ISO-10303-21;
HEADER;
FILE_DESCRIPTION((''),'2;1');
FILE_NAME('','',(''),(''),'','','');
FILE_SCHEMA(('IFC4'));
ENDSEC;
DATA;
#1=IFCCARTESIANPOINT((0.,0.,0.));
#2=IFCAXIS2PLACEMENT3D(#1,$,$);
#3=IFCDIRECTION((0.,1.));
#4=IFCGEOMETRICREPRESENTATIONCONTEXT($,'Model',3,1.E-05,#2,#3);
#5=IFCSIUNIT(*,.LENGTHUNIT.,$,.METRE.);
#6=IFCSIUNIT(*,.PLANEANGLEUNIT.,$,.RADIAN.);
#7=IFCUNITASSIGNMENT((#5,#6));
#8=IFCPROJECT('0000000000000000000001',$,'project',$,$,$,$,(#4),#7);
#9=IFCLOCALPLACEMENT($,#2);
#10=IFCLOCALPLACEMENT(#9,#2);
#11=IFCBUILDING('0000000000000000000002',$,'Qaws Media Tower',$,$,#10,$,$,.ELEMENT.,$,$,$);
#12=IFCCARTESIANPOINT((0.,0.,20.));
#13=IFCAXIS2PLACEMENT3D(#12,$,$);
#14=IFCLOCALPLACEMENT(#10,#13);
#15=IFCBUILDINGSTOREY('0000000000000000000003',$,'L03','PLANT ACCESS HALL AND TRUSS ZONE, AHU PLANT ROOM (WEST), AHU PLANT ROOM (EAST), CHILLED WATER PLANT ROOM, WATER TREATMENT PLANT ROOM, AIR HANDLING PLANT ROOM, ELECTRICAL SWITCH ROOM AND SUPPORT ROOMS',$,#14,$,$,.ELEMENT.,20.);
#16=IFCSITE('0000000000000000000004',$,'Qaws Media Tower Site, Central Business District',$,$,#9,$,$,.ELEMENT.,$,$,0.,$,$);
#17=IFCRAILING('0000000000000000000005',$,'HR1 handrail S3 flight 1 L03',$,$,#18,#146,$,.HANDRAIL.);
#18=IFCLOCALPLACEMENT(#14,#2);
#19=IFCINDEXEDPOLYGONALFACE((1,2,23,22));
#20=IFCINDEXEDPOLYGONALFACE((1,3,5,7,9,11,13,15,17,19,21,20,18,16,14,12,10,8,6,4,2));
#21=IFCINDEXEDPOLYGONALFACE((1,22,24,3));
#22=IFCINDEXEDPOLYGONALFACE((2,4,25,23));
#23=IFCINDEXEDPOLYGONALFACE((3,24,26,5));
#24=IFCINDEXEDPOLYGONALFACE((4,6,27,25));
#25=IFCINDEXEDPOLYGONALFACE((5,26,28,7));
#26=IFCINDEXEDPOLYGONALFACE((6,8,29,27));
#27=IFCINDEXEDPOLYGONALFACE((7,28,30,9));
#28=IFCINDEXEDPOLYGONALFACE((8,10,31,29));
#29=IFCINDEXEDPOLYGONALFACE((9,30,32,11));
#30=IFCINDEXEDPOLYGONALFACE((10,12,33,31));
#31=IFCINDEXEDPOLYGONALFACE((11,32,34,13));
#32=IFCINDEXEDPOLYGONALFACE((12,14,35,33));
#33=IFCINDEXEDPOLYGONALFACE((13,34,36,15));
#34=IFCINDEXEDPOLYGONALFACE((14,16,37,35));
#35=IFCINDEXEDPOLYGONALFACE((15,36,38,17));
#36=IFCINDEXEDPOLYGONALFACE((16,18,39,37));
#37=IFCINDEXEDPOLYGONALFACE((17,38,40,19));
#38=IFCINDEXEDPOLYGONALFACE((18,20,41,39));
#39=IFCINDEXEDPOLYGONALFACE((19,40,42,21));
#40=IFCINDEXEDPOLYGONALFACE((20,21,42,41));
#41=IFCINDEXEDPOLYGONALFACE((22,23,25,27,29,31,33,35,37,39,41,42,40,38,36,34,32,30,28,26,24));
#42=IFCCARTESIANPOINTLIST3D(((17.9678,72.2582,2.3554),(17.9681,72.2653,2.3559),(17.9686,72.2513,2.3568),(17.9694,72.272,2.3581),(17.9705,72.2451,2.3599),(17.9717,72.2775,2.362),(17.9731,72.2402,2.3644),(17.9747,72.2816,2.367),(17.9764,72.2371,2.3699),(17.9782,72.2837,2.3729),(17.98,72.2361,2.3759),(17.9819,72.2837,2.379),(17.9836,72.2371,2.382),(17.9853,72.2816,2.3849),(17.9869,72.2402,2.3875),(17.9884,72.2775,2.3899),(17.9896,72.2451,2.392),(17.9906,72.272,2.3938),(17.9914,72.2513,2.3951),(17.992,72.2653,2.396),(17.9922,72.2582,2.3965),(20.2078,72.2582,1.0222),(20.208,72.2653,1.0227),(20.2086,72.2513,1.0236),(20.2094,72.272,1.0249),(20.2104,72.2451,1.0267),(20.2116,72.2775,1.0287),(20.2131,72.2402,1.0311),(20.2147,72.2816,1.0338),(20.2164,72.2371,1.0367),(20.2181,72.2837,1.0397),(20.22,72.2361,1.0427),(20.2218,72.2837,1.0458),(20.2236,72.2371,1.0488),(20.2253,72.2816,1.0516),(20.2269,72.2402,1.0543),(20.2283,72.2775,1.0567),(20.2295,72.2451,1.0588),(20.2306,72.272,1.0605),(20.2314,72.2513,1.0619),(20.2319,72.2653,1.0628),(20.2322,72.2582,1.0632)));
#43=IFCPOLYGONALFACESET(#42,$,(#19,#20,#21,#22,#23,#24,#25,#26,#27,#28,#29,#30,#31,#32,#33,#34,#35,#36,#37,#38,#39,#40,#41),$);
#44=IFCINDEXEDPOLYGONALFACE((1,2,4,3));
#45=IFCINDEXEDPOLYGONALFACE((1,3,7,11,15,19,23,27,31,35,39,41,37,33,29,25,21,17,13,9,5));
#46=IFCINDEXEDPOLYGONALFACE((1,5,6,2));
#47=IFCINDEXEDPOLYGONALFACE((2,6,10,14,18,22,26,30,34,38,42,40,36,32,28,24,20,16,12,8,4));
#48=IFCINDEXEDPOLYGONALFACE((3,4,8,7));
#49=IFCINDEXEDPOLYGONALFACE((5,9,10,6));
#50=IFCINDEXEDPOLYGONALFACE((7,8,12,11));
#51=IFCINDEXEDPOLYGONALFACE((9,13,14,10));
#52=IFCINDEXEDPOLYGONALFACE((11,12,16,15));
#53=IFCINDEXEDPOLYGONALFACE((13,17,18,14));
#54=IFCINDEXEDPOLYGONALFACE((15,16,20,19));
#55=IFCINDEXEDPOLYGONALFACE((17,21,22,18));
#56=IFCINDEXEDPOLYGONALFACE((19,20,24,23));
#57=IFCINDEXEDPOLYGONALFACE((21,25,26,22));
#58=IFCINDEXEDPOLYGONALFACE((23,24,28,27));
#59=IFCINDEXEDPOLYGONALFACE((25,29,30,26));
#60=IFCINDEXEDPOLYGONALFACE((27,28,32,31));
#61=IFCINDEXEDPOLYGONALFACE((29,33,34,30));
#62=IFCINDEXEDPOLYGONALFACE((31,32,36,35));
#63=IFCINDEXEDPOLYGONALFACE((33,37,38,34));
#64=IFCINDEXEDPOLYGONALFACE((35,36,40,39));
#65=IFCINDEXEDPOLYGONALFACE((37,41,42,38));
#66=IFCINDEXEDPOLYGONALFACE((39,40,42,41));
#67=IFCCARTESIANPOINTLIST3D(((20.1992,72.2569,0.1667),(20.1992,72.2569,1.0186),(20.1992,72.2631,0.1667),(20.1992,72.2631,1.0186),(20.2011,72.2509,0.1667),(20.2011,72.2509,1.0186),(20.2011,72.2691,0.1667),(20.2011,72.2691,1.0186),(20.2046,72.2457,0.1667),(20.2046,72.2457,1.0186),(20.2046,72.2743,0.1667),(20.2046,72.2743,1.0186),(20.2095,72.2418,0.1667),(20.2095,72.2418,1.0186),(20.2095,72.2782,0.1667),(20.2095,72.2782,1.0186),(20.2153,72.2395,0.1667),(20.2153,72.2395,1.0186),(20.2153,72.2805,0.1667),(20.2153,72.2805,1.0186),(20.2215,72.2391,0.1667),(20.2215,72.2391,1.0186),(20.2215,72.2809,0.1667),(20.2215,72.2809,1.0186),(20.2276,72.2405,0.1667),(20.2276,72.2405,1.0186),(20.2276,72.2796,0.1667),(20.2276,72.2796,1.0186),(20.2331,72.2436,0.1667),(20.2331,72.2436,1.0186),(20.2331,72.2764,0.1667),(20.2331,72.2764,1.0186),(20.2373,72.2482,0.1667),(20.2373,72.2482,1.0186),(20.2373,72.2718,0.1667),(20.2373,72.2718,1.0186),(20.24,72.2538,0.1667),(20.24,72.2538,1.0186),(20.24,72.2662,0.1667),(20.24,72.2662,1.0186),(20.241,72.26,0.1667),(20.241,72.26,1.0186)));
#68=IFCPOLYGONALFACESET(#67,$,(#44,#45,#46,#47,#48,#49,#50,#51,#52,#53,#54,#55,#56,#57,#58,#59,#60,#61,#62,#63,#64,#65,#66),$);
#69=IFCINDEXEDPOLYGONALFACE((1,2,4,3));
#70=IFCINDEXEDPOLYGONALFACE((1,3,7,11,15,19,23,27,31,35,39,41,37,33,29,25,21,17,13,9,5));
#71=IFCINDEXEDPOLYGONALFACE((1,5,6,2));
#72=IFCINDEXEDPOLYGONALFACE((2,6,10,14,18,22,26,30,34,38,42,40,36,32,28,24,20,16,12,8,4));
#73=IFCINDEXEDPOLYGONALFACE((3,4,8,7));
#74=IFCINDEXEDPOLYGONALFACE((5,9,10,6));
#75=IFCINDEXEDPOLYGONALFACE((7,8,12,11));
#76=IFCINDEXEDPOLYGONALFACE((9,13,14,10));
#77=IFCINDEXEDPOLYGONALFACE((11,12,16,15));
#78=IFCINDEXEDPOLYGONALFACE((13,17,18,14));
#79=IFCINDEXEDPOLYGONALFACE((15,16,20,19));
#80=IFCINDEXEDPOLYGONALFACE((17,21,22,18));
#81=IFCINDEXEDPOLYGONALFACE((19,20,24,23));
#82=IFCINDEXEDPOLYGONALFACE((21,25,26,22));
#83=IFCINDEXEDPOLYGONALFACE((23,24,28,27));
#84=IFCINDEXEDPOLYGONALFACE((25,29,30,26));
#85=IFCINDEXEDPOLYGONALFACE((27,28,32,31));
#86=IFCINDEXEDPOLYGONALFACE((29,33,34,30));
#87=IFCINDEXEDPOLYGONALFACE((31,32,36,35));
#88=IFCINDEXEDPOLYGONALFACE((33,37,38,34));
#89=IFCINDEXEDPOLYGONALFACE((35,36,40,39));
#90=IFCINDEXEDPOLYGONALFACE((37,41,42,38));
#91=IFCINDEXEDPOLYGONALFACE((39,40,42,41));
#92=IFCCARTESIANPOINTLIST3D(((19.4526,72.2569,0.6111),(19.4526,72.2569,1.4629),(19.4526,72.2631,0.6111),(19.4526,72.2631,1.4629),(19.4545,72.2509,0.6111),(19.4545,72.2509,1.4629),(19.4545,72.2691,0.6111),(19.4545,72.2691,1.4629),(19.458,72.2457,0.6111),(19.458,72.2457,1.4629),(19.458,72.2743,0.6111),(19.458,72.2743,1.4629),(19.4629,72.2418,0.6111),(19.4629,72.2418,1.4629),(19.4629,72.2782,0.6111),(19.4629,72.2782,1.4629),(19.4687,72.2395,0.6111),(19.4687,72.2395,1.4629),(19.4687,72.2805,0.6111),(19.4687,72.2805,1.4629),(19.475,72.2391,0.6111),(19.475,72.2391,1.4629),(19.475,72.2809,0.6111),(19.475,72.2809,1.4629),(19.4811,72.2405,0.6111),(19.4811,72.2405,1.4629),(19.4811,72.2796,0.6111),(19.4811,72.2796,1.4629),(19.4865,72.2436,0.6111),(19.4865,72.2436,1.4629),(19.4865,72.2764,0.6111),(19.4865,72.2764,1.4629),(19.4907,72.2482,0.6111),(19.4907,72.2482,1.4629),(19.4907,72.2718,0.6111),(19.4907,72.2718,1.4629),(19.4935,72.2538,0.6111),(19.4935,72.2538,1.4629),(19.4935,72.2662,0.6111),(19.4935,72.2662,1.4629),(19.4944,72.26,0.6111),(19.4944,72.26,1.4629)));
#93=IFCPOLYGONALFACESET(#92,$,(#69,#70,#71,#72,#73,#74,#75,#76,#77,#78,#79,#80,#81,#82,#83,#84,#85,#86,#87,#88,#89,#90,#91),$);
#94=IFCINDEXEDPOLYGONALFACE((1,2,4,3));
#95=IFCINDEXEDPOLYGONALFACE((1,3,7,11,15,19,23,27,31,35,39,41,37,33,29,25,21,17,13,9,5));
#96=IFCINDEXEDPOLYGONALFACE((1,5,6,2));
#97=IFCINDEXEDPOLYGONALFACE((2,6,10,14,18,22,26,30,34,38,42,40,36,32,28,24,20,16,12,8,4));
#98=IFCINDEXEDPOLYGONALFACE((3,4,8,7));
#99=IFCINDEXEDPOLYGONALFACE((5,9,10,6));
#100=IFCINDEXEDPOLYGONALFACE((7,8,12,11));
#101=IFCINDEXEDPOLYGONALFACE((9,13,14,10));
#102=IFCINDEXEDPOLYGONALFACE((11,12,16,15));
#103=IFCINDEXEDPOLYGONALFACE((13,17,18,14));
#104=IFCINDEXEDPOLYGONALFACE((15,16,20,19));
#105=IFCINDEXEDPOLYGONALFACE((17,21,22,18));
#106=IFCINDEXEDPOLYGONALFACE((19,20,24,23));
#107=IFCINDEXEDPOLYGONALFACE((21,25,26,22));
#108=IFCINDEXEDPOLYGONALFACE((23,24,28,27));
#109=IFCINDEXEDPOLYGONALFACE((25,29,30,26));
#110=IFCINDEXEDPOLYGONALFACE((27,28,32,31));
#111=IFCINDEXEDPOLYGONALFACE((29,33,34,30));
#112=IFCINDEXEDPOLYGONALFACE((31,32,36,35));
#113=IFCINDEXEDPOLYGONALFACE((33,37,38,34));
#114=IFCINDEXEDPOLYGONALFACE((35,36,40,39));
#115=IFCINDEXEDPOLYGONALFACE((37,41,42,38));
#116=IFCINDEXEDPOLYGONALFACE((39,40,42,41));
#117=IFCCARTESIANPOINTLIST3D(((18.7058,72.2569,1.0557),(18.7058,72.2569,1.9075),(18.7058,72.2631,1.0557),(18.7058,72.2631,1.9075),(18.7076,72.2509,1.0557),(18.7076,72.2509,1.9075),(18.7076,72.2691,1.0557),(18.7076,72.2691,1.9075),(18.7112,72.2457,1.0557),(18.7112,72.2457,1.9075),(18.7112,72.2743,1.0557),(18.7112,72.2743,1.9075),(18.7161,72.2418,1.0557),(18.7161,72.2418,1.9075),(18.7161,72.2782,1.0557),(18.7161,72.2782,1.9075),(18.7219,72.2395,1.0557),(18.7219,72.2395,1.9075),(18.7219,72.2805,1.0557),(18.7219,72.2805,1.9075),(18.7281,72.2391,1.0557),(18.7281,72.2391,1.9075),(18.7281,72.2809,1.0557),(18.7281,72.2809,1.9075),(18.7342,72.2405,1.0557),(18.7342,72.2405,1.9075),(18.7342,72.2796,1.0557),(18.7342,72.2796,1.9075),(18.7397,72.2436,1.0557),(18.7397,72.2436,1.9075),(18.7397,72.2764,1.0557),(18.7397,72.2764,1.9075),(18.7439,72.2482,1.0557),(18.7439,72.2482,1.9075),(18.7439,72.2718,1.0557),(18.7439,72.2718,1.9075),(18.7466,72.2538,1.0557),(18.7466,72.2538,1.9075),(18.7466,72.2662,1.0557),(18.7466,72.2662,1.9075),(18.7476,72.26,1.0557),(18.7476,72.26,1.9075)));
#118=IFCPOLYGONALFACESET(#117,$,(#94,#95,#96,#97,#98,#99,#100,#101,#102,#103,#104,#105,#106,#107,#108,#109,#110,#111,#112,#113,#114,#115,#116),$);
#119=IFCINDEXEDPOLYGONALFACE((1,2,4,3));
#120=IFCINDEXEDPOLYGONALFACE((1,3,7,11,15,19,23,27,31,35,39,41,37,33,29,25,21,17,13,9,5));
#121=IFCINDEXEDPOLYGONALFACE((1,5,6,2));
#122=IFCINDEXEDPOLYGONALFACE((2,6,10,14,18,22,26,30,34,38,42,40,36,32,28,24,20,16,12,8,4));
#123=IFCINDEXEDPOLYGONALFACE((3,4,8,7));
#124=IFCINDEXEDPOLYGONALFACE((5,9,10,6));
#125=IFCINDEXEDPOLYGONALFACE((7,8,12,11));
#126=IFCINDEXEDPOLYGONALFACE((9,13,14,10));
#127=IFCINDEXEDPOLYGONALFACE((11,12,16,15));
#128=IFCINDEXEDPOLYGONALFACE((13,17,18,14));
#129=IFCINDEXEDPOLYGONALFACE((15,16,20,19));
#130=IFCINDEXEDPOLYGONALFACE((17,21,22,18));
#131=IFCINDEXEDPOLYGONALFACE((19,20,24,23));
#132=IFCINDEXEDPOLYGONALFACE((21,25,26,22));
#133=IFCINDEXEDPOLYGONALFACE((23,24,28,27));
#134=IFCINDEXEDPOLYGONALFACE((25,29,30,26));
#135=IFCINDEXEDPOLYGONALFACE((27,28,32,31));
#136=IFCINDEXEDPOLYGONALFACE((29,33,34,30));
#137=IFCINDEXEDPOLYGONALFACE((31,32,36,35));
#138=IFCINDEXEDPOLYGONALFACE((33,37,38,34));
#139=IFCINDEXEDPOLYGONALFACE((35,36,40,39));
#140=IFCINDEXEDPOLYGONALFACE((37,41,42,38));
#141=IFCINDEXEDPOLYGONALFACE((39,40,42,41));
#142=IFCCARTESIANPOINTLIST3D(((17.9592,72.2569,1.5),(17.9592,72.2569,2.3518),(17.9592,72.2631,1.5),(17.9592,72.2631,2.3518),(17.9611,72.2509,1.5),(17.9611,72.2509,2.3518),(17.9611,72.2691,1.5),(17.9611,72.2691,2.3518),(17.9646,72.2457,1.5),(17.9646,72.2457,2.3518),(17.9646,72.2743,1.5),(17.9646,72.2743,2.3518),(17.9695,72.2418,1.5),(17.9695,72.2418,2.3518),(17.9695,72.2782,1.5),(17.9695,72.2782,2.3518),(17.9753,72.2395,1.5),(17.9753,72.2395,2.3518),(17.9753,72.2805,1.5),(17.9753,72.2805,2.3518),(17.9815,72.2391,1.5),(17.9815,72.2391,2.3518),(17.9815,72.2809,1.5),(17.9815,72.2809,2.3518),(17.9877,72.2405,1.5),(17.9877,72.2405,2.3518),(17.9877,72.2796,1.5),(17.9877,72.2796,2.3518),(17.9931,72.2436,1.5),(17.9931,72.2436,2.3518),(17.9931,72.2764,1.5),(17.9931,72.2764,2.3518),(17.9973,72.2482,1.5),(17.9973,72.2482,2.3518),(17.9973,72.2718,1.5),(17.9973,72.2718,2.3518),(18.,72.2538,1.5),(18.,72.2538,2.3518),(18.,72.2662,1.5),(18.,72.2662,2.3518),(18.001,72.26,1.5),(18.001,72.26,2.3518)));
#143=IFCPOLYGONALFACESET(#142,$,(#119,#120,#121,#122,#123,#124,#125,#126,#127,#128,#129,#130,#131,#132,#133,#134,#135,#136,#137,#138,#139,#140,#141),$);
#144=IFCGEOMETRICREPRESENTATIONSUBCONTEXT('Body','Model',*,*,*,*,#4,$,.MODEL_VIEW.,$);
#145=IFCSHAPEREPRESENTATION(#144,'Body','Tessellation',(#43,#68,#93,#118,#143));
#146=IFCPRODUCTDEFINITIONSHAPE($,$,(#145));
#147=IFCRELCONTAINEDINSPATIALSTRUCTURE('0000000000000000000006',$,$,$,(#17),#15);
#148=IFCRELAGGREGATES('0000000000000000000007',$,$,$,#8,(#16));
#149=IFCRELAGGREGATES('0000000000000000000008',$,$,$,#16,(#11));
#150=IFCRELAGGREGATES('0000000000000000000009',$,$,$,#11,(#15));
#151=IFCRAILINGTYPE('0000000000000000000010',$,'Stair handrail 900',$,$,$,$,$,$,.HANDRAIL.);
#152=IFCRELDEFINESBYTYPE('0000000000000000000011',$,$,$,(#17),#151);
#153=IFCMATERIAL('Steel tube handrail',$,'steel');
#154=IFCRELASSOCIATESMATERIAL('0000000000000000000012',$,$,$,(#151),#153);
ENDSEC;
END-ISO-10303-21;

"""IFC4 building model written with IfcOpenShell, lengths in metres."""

from ifc_helpers import new_model, si_unit, direction, frame, origin, origin_2d, place, context, subcontext, project, spatial, circle, extrude, material, type_object, element, save


model = new_model("IFC4")

# Units and contexts
model_context = context("Model", 3, precision=1e-05, world=origin(), true_north=direction((0.0, 1.0)))
body_context = subcontext(model_context, "Body", "Model", "MODEL_VIEW")
ifc_project = project(units=[si_unit("LENGTHUNIT", "METRE"), si_unit("PLANEANGLEUNIT", "RADIAN")], contexts=[model_context])

# Site, building, storey
site_placement = place(None, origin())
site = spatial("IfcSite", under=ifc_project, at=site_placement, Name="Qaws Media Tower Site, Central Business District", CompositionType="ELEMENT", RefElevation=0.0)
building_placement = place(site_placement, origin())
building = spatial("IfcBuilding", under=site, at=building_placement, Name="Qaws Media Tower", CompositionType="ELEMENT")
storey_placement = place(building_placement, frame((0.0, 0.0, 20.0)))
storey = spatial("IfcBuildingStorey", under=building, at=storey_placement, Name="L03", Description="PLANT ACCESS HALL AND TRUSS ZONE, AHU PLANT ROOM (WEST), AHU PLANT ROOM (EAST), CHILLED WATER PLANT ROOM, WATER TREATMENT PLANT ROOM, AIR HANDLING PLANT ROOM, ELECTRICAL SWITCH ROOM AND SUPPORT ROOMS", CompositionType="ELEMENT", Elevation=20.0)

# Railing
ifc_material_1 = material(Name="Steel tube handrail", Category="steel")
railing_type = type_object("IfcRailingType", Name="Stair handrail 900", PredefinedType="HANDRAIL", material=ifc_material_1)
for number, where, name in (
    (1, (20.22, 72.26, 0.1667), "HR1 handrail S3 flight 1 L03"),
):
    element("IfcRailing", number, at=place(storey_placement, frame(where)), inside=storey, type_object=railing_type, Name=name, PredefinedType="HANDRAIL", context=body_context, shape_type="SweptSolid", body=[
        extrude(circle(Radius=0.0239, at=origin_2d()), frame((0.0, 0.0, 0.876), z_axis=(-0.859306, 0.0, 0.511462), x_axis=(0.0, -1.0, 0.0)), (0.0, 0.0, 1.0), 2.6067),
        extrude(circle(Radius=0.021, at=origin_2d()), origin(), (0.0, 0.0, 1.0), 0.8518),
        extrude(circle(Radius=0.021, at=origin_2d()), frame((-0.7466, 0.0, 0.4443)), (0.0, 0.0, 1.0), 0.8518),
        extrude(circle(Radius=0.021, at=origin_2d()), frame((-1.4934, 0.0, 0.8889)), (0.0, 0.0, 1.0), 0.8518),
        extrude(circle(Radius=0.021, at=origin_2d()), frame((-2.24, 0.0, 1.3333)), (0.0, 0.0, 1.0), 0.8518),
    ])

save(model, "model.ifc")
